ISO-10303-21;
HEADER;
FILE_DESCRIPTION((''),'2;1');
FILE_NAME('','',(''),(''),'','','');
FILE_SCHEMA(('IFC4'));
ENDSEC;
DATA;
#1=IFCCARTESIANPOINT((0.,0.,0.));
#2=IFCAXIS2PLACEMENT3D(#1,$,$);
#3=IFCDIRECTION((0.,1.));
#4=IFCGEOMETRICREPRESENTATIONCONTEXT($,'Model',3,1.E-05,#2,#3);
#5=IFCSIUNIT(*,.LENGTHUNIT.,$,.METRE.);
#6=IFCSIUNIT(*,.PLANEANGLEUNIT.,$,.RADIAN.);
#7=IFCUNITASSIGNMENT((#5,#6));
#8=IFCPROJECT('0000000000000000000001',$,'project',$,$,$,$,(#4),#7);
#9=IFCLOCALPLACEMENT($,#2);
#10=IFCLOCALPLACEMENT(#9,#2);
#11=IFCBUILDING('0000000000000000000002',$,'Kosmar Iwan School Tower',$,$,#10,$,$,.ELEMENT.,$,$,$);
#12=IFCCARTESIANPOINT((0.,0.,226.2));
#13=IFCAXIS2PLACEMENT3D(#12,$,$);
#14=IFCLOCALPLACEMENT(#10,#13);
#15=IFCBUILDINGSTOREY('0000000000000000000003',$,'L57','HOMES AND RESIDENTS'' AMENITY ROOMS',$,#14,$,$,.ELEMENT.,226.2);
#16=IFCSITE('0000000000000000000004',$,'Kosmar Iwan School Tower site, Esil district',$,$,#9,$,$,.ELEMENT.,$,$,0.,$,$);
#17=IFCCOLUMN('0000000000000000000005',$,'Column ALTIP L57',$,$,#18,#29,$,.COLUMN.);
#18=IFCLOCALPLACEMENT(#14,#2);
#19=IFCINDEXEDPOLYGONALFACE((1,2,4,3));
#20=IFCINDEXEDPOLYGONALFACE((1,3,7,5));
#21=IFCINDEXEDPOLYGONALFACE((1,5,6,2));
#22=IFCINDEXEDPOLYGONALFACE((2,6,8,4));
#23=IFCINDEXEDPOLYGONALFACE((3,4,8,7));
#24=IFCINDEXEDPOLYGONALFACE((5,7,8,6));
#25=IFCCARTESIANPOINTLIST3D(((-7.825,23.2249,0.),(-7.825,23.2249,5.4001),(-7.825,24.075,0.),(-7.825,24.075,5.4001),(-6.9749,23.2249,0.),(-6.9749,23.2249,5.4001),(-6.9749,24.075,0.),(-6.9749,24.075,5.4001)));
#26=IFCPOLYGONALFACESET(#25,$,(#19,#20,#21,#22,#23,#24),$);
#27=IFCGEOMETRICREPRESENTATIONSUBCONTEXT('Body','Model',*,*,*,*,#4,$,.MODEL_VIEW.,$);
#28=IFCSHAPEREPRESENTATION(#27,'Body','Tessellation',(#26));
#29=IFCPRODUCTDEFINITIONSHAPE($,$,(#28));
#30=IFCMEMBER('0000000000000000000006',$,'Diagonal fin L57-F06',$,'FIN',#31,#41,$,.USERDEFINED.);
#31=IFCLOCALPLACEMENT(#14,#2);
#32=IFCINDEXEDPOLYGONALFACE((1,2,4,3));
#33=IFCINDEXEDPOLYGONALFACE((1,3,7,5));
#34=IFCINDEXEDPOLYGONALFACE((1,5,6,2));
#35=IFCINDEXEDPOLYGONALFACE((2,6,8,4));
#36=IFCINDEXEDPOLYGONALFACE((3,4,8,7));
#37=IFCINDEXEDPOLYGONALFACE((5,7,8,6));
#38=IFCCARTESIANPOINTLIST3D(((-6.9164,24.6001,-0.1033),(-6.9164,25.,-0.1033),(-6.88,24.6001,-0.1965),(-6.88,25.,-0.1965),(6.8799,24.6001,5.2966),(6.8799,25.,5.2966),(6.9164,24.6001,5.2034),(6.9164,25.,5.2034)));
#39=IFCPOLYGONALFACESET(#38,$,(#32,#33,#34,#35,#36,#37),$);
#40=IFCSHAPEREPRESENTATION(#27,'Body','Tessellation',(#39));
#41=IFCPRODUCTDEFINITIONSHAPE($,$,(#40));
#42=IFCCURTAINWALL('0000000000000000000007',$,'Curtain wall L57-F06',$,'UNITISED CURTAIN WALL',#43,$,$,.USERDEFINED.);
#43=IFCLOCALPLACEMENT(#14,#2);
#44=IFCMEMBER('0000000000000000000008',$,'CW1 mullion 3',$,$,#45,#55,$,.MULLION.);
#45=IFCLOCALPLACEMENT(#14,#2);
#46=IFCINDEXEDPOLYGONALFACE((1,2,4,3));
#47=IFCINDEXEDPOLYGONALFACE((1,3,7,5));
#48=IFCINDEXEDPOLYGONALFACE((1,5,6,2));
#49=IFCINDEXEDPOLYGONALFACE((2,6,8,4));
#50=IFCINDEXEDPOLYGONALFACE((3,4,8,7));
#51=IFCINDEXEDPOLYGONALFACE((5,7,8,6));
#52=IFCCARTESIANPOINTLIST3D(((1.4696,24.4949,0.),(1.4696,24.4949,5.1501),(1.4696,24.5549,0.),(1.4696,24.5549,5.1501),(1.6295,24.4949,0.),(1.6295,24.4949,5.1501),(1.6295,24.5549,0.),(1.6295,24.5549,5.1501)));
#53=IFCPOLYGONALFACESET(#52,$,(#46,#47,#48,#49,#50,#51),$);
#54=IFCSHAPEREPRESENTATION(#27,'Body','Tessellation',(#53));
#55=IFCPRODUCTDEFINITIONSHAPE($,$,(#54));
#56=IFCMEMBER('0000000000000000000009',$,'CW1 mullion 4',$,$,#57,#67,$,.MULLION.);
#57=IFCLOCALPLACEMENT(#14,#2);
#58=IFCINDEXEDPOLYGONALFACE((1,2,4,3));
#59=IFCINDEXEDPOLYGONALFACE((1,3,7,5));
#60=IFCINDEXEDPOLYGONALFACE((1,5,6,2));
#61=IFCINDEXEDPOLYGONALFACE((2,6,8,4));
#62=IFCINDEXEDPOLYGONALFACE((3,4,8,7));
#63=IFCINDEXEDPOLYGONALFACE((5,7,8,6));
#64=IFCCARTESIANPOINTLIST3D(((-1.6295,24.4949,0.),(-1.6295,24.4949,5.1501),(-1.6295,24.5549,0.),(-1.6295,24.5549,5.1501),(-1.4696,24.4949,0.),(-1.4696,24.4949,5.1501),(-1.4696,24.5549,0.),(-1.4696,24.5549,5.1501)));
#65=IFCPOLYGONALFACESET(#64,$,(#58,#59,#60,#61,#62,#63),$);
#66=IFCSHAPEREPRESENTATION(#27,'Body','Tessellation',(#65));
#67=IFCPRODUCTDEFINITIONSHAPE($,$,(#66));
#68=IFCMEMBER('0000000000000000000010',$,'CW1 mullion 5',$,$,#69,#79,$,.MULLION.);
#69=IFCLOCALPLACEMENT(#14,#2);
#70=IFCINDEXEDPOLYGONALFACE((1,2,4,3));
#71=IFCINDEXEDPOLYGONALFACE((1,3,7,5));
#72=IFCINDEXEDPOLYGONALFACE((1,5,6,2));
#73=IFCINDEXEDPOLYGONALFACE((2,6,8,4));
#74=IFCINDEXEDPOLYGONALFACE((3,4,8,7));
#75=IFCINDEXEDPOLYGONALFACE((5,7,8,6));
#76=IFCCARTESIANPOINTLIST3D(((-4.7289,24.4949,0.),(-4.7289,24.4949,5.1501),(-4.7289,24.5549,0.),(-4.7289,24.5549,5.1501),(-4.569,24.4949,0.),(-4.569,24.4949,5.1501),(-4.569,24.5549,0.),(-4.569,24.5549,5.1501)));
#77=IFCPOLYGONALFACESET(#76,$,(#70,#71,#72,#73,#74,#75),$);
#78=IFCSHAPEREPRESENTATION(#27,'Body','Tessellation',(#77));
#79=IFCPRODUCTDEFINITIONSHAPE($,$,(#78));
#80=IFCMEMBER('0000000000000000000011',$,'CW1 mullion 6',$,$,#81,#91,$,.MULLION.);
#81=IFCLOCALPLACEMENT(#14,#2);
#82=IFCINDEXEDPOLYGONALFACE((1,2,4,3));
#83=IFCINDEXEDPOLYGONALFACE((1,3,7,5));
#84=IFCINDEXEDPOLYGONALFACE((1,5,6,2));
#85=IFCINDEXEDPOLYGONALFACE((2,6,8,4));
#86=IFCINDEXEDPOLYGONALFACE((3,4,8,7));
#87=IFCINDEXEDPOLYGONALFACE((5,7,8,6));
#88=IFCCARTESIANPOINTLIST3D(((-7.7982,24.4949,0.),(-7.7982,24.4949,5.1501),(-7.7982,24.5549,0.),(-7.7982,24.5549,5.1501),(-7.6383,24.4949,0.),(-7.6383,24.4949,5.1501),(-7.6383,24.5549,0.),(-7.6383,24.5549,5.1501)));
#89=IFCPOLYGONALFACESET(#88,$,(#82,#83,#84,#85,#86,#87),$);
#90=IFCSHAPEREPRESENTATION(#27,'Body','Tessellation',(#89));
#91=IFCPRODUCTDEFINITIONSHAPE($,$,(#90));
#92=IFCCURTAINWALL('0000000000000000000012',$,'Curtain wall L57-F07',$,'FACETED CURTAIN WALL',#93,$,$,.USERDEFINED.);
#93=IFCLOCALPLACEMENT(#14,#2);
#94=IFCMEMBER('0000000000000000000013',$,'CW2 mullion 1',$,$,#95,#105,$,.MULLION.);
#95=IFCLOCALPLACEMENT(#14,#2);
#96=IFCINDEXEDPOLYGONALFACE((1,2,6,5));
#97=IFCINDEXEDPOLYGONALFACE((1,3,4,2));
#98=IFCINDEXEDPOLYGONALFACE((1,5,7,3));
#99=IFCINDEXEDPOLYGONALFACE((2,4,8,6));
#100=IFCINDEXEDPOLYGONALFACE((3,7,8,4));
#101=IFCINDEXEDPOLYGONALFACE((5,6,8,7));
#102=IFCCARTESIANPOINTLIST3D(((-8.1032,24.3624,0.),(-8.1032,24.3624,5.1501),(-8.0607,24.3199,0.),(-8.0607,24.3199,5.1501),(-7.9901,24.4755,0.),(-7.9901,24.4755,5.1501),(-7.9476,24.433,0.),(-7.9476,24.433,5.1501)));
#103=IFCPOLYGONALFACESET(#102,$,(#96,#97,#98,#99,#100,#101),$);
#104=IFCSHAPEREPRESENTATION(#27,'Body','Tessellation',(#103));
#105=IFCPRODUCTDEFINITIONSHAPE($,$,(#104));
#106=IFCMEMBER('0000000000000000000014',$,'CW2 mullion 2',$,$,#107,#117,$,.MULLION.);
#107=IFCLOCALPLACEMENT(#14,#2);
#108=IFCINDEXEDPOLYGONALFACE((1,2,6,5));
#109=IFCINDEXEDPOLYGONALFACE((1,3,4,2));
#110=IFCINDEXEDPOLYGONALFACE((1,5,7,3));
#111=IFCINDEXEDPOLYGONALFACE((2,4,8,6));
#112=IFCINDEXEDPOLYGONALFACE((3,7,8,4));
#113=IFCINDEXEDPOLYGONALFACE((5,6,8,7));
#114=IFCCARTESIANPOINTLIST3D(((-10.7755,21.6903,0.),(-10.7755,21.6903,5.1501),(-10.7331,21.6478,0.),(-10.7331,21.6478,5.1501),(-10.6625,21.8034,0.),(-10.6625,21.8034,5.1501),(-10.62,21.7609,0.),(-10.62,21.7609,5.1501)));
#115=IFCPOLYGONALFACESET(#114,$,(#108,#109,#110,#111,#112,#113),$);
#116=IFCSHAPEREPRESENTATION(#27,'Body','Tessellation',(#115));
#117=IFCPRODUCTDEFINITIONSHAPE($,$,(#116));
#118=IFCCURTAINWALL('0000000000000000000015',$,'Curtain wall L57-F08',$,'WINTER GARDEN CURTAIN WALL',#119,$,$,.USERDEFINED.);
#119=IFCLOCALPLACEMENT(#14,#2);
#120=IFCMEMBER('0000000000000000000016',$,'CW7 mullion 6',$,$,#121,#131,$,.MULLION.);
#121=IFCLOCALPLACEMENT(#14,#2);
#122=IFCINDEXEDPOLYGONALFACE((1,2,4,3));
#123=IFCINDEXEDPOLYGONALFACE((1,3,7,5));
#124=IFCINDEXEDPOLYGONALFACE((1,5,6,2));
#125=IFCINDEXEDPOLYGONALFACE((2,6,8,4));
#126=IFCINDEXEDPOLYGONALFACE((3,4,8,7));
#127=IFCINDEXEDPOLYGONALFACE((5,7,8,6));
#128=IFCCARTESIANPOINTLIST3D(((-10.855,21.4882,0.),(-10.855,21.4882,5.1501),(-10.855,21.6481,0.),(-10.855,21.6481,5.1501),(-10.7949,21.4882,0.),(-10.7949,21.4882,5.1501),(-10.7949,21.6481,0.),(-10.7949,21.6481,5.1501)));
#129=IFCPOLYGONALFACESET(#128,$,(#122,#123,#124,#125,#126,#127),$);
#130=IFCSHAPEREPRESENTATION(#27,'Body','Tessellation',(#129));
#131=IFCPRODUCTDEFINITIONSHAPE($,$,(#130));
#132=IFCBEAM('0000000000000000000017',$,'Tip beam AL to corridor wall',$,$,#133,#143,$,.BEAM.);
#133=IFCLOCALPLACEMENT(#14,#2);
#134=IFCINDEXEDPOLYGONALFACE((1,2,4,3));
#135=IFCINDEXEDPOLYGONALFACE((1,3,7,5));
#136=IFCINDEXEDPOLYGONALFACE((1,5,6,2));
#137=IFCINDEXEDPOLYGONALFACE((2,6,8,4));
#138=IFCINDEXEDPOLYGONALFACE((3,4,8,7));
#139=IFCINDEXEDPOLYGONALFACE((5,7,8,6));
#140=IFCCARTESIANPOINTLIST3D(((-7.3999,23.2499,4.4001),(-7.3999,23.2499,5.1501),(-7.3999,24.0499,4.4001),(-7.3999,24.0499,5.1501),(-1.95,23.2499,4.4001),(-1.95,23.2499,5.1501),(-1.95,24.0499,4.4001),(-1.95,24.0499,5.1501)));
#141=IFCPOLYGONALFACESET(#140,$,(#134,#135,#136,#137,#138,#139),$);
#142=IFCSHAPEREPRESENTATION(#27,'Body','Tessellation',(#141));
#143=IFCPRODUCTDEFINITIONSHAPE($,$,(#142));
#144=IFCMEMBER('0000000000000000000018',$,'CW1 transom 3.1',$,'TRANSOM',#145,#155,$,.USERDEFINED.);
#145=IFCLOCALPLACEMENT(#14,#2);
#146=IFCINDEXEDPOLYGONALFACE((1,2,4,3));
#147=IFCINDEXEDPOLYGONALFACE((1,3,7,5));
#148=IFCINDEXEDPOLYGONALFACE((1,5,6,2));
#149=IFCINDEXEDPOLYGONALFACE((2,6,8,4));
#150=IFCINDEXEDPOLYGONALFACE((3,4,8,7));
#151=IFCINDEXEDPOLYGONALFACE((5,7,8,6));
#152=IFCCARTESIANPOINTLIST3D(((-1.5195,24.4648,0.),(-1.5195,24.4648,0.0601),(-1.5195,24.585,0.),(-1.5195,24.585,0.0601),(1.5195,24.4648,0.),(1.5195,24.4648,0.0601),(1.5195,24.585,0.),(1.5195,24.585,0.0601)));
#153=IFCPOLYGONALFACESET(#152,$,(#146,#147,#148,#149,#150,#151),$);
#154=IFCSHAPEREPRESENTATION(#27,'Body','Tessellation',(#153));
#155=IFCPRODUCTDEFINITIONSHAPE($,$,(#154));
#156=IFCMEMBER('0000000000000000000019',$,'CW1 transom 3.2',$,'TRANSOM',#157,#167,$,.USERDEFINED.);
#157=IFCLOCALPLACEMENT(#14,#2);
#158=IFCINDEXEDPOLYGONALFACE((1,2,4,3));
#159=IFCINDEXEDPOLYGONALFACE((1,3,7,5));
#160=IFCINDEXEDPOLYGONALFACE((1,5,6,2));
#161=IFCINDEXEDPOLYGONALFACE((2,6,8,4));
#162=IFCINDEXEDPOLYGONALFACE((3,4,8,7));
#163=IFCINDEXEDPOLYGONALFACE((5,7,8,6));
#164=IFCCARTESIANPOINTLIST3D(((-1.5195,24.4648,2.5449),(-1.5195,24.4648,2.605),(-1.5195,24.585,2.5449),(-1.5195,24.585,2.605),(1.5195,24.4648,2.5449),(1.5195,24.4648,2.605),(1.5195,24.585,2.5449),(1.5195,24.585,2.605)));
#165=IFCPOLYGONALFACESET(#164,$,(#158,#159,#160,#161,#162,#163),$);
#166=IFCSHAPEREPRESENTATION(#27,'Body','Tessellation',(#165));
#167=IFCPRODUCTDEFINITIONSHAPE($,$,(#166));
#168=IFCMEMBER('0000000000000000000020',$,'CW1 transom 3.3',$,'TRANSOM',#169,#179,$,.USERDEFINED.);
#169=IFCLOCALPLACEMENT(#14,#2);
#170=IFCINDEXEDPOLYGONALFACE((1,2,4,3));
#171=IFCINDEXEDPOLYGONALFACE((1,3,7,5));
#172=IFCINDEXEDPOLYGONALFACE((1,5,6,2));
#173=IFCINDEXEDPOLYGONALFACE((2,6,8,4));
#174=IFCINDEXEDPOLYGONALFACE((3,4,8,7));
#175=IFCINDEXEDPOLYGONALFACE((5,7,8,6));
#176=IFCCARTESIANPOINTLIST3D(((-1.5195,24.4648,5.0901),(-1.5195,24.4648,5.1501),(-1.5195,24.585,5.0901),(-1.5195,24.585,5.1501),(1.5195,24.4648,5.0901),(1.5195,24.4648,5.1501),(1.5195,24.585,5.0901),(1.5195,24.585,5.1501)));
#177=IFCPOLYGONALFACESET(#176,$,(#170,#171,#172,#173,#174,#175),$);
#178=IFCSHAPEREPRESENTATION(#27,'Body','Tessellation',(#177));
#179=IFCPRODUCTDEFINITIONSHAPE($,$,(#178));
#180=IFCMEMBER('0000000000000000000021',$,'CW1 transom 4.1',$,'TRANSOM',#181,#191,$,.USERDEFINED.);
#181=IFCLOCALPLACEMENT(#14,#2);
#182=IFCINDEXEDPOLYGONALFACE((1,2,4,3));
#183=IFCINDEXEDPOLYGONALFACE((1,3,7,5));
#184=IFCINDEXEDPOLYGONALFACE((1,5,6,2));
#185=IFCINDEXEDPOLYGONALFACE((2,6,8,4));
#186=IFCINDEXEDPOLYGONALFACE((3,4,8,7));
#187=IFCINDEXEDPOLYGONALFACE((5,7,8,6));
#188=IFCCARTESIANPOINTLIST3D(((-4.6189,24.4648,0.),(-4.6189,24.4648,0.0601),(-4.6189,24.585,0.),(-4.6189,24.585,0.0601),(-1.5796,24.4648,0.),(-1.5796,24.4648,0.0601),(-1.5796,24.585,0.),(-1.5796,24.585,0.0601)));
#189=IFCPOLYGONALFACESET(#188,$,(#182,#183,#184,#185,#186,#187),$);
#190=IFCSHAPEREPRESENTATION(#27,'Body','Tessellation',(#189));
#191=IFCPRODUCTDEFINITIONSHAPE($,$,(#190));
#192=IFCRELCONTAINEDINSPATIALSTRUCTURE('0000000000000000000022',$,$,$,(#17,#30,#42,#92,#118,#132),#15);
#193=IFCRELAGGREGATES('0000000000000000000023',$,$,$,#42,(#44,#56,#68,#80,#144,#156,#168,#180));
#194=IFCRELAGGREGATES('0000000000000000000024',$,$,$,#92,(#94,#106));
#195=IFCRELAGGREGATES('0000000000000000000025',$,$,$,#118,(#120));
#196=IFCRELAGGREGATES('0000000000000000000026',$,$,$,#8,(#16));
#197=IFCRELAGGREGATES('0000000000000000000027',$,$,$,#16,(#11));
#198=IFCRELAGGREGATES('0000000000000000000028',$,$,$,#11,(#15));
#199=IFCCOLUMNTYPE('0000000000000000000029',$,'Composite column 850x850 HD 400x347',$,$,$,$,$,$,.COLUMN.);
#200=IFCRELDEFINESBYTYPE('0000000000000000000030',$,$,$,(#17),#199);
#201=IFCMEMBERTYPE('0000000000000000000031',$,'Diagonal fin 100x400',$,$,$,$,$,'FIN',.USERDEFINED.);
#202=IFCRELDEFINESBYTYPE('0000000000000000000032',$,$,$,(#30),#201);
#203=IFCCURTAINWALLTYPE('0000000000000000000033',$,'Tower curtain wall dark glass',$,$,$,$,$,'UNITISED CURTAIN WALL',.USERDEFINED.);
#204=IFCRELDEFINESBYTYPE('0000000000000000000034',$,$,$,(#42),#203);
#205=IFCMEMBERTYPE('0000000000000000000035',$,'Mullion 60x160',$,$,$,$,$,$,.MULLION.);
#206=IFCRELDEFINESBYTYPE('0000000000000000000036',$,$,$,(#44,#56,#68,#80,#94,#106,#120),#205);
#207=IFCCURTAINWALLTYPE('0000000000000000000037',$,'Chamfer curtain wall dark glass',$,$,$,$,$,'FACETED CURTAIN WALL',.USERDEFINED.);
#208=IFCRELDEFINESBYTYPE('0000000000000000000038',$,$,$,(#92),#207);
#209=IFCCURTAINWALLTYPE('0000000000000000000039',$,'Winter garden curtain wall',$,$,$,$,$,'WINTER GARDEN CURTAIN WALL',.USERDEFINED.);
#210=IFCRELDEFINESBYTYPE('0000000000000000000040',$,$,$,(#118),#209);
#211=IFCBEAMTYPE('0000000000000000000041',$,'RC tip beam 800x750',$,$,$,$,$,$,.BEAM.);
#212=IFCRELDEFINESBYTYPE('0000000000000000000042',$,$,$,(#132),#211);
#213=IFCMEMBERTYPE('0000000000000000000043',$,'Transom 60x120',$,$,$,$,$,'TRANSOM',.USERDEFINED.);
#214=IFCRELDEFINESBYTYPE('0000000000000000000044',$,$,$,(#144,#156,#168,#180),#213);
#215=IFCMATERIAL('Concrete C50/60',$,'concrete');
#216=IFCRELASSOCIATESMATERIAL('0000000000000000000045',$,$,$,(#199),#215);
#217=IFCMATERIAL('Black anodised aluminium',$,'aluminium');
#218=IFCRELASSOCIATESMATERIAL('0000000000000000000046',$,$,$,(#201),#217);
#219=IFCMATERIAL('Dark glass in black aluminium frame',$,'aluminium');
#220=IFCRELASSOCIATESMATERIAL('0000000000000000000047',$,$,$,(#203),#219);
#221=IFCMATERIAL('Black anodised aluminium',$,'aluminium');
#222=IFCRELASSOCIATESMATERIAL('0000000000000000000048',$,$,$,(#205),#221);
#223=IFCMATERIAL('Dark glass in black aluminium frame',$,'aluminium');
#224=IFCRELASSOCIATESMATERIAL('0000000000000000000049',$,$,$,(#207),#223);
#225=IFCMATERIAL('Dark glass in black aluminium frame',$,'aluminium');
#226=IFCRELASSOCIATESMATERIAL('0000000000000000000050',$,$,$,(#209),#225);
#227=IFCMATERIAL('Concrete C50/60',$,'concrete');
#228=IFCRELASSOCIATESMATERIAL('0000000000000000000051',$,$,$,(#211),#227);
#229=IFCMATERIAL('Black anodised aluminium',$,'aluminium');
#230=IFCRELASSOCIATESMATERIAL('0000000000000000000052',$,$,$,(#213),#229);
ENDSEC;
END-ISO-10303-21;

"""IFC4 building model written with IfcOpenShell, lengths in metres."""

from ifc_helpers import new_model, si_unit, direction, frame, origin, origin_2d, place, context, subcontext, project, spatial, rectangle, extrude, material, material_profile, profile_set, type_object, element, aggregate, save


model = new_model("IFC4")

# Units and contexts
model_context = context("Model", 3, precision=1e-05, world=origin(), true_north=direction((0.0, 1.0)))
body_context = subcontext(model_context, "Body", "Model", "MODEL_VIEW")
ifc_project = project(units=[si_unit("LENGTHUNIT", "METRE"), si_unit("PLANEANGLEUNIT", "RADIAN")], contexts=[model_context])

# Site, building, storey
site_placement = place(None, origin())
site = spatial("IfcSite", under=ifc_project, at=site_placement, Name="Kosmar Iwan School Tower site, Esil district", CompositionType="ELEMENT", RefElevation=0.0)
building_placement = place(site_placement, origin())
building = spatial("IfcBuilding", under=site, at=building_placement, Name="Kosmar Iwan School Tower", CompositionType="ELEMENT")
storey_placement = place(building_placement, frame((0.0, 0.0, 226.2)))
storey = spatial("IfcBuildingStorey", under=building, at=storey_placement, Name="L57", Description="HOMES AND RESIDENTS' AMENITY ROOMS", CompositionType="ELEMENT", Elevation=226.2)

# Column
ifc_material_1 = material(Name="Concrete C50/60", Category="concrete")
ifc_material_profile_1 = material_profile(ifc_material_1, rectangle(XDim=0.8501, YDim=0.8501, at=origin_2d()), Name="RC 850x850 + HD 400x347")
ifc_profile_set_1 = profile_set([ifc_material_profile_1], Name="Concrete C50/60")
column_type = type_object("IfcColumnType", Name="Composite column 850x850 HD 400x347", PredefinedType="COLUMN", material=ifc_profile_set_1)
column_placement = place(storey_placement, frame((-7.3999, 23.6499, 0.0), z_axis=(0.0, 0.0, 1.0), x_axis=(0.0, 1.0, 0.0)))
element("IfcColumn", 1, at=column_placement, inside=storey, type_object=column_type, Name="Column ALTIP L57", PredefinedType="COLUMN", context=body_context, shape_type="SweptSolid", body=[
    extrude(rectangle(XDim=0.8501, YDim=0.8501, at=origin_2d()), origin(), (0.0, 0.0, 1.0), 5.4001),
])

# Member
ifc_material_2 = material(Name="Black anodised aluminium", Category="aluminium")
ifc_material_profile_2 = material_profile(ifc_material_2, rectangle(XDim=0.1001, YDim=0.3999, at=origin_2d()), Name="FIN 100x400")
ifc_profile_set_2 = profile_set([ifc_material_profile_2], Name="Black anodised aluminium")
member_type_1 = type_object("IfcMemberType", Name="Diagonal fin 100x400", ElementType="FIN", PredefinedType="USERDEFINED", material=ifc_profile_set_2)
member_1_placement = place(storey_placement, frame((-6.8982, 24.8, -0.1499), z_axis=(0.931213, 0.0, 0.364476), x_axis=(-0.364476, 0.0, 0.931213)))
element("IfcMember", 2, at=member_1_placement, inside=storey, type_object=member_type_1, Name="Diagonal fin L57-F06", ObjectType="FIN", PredefinedType="USERDEFINED", context=body_context, shape_type="SweptSolid", body=[
    extrude(rectangle(XDim=0.1001, YDim=0.3999, at=origin_2d()), origin(), (0.0, 0.0, 1.0), 14.8154),
])

# Curtain walls, members
ifc_material_3 = material(Name="Dark glass in black aluminium frame", Category="aluminium")
curtain_wall_type_1 = type_object("IfcCurtainWallType", Name="Tower curtain wall dark glass", ElementType="UNITISED CURTAIN WALL", PredefinedType="USERDEFINED", material=ifc_material_3)
curtain_wall_1_placement = place(storey_placement, origin())
curtain_wall_1 = element("IfcCurtainWall", 3, at=curtain_wall_1_placement, inside=storey, type_object=curtain_wall_type_1, Name="Curtain wall L57-F06", ObjectType="UNITISED CURTAIN WALL", PredefinedType="USERDEFINED")
ifc_material_4 = material(Name="Black anodised aluminium", Category="aluminium")
ifc_material_profile_3 = material_profile(ifc_material_4, rectangle(XDim=0.0601, YDim=0.1599, at=origin_2d()), Name="MULLION 60x160")
ifc_profile_set_3 = profile_set([ifc_material_profile_3], Name="Black anodised aluminium")
member_type_2 = type_object("IfcMemberType", Name="Mullion 60x160", PredefinedType="MULLION", material=ifc_profile_set_3)
member_2_placement = place(storey_placement, frame((1.5496, 24.5249, 0.0), z_axis=(0.0, 0.0, 1.0), x_axis=(0.0, -1.0, 0.0)))
member_2 = element("IfcMember", 4, at=member_2_placement, type_object=member_type_2, Name="CW1 mullion 3", PredefinedType="MULLION", context=body_context, shape_type="SweptSolid", body=[
    extrude(rectangle(XDim=0.0601, YDim=0.1599, at=origin_2d()), origin(), (0.0, 0.0, 1.0), 5.1501),
])
member_3_placement = place(storey_placement, frame((-1.5496, 24.5249, 0.0), z_axis=(0.0, 0.0, 1.0), x_axis=(0.0, -1.0, 0.0)))
member_3 = element("IfcMember", 5, at=member_3_placement, type_object=member_type_2, Name="CW1 mullion 4", PredefinedType="MULLION", context=body_context, shape_type="SweptSolid", body=[
    extrude(rectangle(XDim=0.0601, YDim=0.1599, at=origin_2d()), origin(), (0.0, 0.0, 1.0), 5.1501),
])
member_4_placement = place(storey_placement, frame((-4.6489, 24.5249, 0.0), z_axis=(0.0, 0.0, 1.0), x_axis=(0.0, -1.0, 0.0)))
member_4 = element("IfcMember", 6, at=member_4_placement, type_object=member_type_2, Name="CW1 mullion 5", PredefinedType="MULLION", context=body_context, shape_type="SweptSolid", body=[
    extrude(rectangle(XDim=0.0601, YDim=0.1599, at=origin_2d()), origin(), (0.0, 0.0, 1.0), 5.1501),
])
member_5_placement = place(storey_placement, frame((-7.7183, 24.5249, 0.0), z_axis=(0.0, 0.0, 1.0), x_axis=(0.0, -1.0, 0.0)))
member_5 = element("IfcMember", 7, at=member_5_placement, type_object=member_type_2, Name="CW1 mullion 6", PredefinedType="MULLION", context=body_context, shape_type="SweptSolid", body=[
    extrude(rectangle(XDim=0.0601, YDim=0.1599, at=origin_2d()), origin(), (0.0, 0.0, 1.0), 5.1501),
])
ifc_material_5 = material(Name="Dark glass in black aluminium frame", Category="aluminium")
curtain_wall_type_2 = type_object("IfcCurtainWallType", Name="Chamfer curtain wall dark glass", ElementType="FACETED CURTAIN WALL", PredefinedType="USERDEFINED", material=ifc_material_5)
curtain_wall_2_placement = place(storey_placement, origin())
curtain_wall_2 = element("IfcCurtainWall", 8, at=curtain_wall_2_placement, inside=storey, type_object=curtain_wall_type_2, Name="Curtain wall L57-F07", ObjectType="FACETED CURTAIN WALL", PredefinedType="USERDEFINED")
member_6_placement = place(storey_placement, frame((-8.0254, 24.3977, 0.0), z_axis=(0.0, 0.0, 1.0), x_axis=(0.707107, -0.707107, 0.0)))
member_6 = element("IfcMember", 9, at=member_6_placement, type_object=member_type_2, Name="CW2 mullion 1", PredefinedType="MULLION", context=body_context, shape_type="SweptSolid", body=[
    extrude(rectangle(XDim=0.0601, YDim=0.1599, at=origin_2d()), origin(), (0.0, 0.0, 1.0), 5.1501),
])
member_7_placement = place(storey_placement, frame((-10.6978, 21.7256, 0.0), z_axis=(0.0, 0.0, 1.0), x_axis=(0.707107, -0.707107, 0.0)))
member_7 = element("IfcMember", 10, at=member_7_placement, type_object=member_type_2, Name="CW2 mullion 2", PredefinedType="MULLION", context=body_context, shape_type="SweptSolid", body=[
    extrude(rectangle(XDim=0.0601, YDim=0.1599, at=origin_2d()), origin(), (0.0, 0.0, 1.0), 5.1501),
])

# Curtain wall, member
ifc_material_6 = material(Name="Dark glass in black aluminium frame", Category="aluminium")
curtain_wall_type_3 = type_object("IfcCurtainWallType", Name="Winter garden curtain wall", ElementType="WINTER GARDEN CURTAIN WALL", PredefinedType="USERDEFINED", material=ifc_material_6)
curtain_wall_3_placement = place(storey_placement, origin())
curtain_wall_3 = element("IfcCurtainWall", 11, at=curtain_wall_3_placement, inside=storey, type_object=curtain_wall_type_3, Name="Curtain wall L57-F08", ObjectType="WINTER GARDEN CURTAIN WALL", PredefinedType="USERDEFINED")
member_8_placement = place(storey_placement, frame((-10.825, 21.5681, 0.0), z_axis=(0.0, 0.0, 1.0), x_axis=(-1.0, 0.0, 0.0)))
member_8 = element("IfcMember", 12, at=member_8_placement, type_object=member_type_2, Name="CW7 mullion 6", PredefinedType="MULLION", context=body_context, shape_type="SweptSolid", body=[
    extrude(rectangle(XDim=0.0601, YDim=0.1599, at=origin_2d()), origin(), (0.0, 0.0, 1.0), 5.1501),
])

# Beam
ifc_material_7 = material(Name="Concrete C50/60", Category="concrete")
ifc_material_profile_4 = material_profile(ifc_material_7, rectangle(XDim=0.8, YDim=0.75, at=origin_2d()), Name="RC 800x750")
ifc_profile_set_4 = profile_set([ifc_material_profile_4], Name="Concrete C50/60")
beam_type = type_object("IfcBeamType", Name="RC tip beam 800x750", PredefinedType="BEAM", material=ifc_profile_set_4)
beam_placement = place(storey_placement, frame((-7.3999, 23.6499, 4.7751), z_axis=(1.0, 0.0, 0.0), x_axis=(0.0, 1.0, 0.0)))
element("IfcBeam", 13, at=beam_placement, inside=storey, type_object=beam_type, Name="Tip beam AL to corridor wall", PredefinedType="BEAM", context=body_context, shape_type="SweptSolid", body=[
    extrude(rectangle(XDim=0.8, YDim=0.75, at=origin_2d()), origin(), (0.0, 0.0, 1.0), 5.45),
])

# Members
ifc_material_8 = material(Name="Black anodised aluminium", Category="aluminium")
ifc_material_profile_5 = material_profile(ifc_material_8, rectangle(XDim=0.1201, YDim=0.0601, at=origin_2d()), Name="TRANSOM 60x120")
ifc_profile_set_5 = profile_set([ifc_material_profile_5], Name="Black anodised aluminium")
member_type_3 = type_object("IfcMemberType", Name="Transom 60x120", ElementType="TRANSOM", PredefinedType="USERDEFINED", material=ifc_profile_set_5)
member_9_placement = place(storey_placement, frame((1.5195, 24.5249, 0.03), z_axis=(-1.0, 0.0, 0.0), x_axis=(0.0, -1.0, 0.0)))
member_9 = element("IfcMember", 14, at=member_9_placement, type_object=member_type_3, Name="CW1 transom 3.1", ObjectType="TRANSOM", PredefinedType="USERDEFINED", context=body_context, shape_type="SweptSolid", body=[
    extrude(rectangle(XDim=0.1201, YDim=0.0601, at=origin_2d()), origin(), (0.0, 0.0, 1.0), 3.0391),
])
member_10_placement = place(storey_placement, frame((1.5195, 24.5249, 2.575), z_axis=(-1.0, 0.0, 0.0), x_axis=(0.0, -1.0, 0.0)))
member_10 = element("IfcMember", 15, at=member_10_placement, type_object=member_type_3, Name="CW1 transom 3.2", ObjectType="TRANSOM", PredefinedType="USERDEFINED", context=body_context, shape_type="SweptSolid", body=[
    extrude(rectangle(XDim=0.1201, YDim=0.0601, at=origin_2d()), origin(), (0.0, 0.0, 1.0), 3.0391),
])
member_11_placement = place(storey_placement, frame((1.5195, 24.5249, 5.1201), z_axis=(-1.0, 0.0, 0.0), x_axis=(0.0, -1.0, 0.0)))
member_11 = element("IfcMember", 16, at=member_11_placement, type_object=member_type_3, Name="CW1 transom 3.3", ObjectType="TRANSOM", PredefinedType="USERDEFINED", context=body_context, shape_type="SweptSolid", body=[
    extrude(rectangle(XDim=0.1201, YDim=0.0601, at=origin_2d()), origin(), (0.0, 0.0, 1.0), 3.0391),
])
member_12_placement = place(storey_placement, frame((-1.5796, 24.5249, 0.03), z_axis=(-1.0, 0.0, 0.0), x_axis=(0.0, -1.0, 0.0)))
member_12 = element("IfcMember", 17, at=member_12_placement, type_object=member_type_3, Name="CW1 transom 4.1", ObjectType="TRANSOM", PredefinedType="USERDEFINED", context=body_context, shape_type="SweptSolid", body=[
    extrude(rectangle(XDim=0.1201, YDim=0.0601, at=origin_2d()), origin(), (0.0, 0.0, 1.0), 3.0393),
])

aggregate(curtain_wall_1, [member_2, member_3, member_4, member_5, member_9, member_10, member_11, member_12])
aggregate(curtain_wall_2, [member_6, member_7])
aggregate(curtain_wall_3, [member_8])

save(model, "model.ifc")
